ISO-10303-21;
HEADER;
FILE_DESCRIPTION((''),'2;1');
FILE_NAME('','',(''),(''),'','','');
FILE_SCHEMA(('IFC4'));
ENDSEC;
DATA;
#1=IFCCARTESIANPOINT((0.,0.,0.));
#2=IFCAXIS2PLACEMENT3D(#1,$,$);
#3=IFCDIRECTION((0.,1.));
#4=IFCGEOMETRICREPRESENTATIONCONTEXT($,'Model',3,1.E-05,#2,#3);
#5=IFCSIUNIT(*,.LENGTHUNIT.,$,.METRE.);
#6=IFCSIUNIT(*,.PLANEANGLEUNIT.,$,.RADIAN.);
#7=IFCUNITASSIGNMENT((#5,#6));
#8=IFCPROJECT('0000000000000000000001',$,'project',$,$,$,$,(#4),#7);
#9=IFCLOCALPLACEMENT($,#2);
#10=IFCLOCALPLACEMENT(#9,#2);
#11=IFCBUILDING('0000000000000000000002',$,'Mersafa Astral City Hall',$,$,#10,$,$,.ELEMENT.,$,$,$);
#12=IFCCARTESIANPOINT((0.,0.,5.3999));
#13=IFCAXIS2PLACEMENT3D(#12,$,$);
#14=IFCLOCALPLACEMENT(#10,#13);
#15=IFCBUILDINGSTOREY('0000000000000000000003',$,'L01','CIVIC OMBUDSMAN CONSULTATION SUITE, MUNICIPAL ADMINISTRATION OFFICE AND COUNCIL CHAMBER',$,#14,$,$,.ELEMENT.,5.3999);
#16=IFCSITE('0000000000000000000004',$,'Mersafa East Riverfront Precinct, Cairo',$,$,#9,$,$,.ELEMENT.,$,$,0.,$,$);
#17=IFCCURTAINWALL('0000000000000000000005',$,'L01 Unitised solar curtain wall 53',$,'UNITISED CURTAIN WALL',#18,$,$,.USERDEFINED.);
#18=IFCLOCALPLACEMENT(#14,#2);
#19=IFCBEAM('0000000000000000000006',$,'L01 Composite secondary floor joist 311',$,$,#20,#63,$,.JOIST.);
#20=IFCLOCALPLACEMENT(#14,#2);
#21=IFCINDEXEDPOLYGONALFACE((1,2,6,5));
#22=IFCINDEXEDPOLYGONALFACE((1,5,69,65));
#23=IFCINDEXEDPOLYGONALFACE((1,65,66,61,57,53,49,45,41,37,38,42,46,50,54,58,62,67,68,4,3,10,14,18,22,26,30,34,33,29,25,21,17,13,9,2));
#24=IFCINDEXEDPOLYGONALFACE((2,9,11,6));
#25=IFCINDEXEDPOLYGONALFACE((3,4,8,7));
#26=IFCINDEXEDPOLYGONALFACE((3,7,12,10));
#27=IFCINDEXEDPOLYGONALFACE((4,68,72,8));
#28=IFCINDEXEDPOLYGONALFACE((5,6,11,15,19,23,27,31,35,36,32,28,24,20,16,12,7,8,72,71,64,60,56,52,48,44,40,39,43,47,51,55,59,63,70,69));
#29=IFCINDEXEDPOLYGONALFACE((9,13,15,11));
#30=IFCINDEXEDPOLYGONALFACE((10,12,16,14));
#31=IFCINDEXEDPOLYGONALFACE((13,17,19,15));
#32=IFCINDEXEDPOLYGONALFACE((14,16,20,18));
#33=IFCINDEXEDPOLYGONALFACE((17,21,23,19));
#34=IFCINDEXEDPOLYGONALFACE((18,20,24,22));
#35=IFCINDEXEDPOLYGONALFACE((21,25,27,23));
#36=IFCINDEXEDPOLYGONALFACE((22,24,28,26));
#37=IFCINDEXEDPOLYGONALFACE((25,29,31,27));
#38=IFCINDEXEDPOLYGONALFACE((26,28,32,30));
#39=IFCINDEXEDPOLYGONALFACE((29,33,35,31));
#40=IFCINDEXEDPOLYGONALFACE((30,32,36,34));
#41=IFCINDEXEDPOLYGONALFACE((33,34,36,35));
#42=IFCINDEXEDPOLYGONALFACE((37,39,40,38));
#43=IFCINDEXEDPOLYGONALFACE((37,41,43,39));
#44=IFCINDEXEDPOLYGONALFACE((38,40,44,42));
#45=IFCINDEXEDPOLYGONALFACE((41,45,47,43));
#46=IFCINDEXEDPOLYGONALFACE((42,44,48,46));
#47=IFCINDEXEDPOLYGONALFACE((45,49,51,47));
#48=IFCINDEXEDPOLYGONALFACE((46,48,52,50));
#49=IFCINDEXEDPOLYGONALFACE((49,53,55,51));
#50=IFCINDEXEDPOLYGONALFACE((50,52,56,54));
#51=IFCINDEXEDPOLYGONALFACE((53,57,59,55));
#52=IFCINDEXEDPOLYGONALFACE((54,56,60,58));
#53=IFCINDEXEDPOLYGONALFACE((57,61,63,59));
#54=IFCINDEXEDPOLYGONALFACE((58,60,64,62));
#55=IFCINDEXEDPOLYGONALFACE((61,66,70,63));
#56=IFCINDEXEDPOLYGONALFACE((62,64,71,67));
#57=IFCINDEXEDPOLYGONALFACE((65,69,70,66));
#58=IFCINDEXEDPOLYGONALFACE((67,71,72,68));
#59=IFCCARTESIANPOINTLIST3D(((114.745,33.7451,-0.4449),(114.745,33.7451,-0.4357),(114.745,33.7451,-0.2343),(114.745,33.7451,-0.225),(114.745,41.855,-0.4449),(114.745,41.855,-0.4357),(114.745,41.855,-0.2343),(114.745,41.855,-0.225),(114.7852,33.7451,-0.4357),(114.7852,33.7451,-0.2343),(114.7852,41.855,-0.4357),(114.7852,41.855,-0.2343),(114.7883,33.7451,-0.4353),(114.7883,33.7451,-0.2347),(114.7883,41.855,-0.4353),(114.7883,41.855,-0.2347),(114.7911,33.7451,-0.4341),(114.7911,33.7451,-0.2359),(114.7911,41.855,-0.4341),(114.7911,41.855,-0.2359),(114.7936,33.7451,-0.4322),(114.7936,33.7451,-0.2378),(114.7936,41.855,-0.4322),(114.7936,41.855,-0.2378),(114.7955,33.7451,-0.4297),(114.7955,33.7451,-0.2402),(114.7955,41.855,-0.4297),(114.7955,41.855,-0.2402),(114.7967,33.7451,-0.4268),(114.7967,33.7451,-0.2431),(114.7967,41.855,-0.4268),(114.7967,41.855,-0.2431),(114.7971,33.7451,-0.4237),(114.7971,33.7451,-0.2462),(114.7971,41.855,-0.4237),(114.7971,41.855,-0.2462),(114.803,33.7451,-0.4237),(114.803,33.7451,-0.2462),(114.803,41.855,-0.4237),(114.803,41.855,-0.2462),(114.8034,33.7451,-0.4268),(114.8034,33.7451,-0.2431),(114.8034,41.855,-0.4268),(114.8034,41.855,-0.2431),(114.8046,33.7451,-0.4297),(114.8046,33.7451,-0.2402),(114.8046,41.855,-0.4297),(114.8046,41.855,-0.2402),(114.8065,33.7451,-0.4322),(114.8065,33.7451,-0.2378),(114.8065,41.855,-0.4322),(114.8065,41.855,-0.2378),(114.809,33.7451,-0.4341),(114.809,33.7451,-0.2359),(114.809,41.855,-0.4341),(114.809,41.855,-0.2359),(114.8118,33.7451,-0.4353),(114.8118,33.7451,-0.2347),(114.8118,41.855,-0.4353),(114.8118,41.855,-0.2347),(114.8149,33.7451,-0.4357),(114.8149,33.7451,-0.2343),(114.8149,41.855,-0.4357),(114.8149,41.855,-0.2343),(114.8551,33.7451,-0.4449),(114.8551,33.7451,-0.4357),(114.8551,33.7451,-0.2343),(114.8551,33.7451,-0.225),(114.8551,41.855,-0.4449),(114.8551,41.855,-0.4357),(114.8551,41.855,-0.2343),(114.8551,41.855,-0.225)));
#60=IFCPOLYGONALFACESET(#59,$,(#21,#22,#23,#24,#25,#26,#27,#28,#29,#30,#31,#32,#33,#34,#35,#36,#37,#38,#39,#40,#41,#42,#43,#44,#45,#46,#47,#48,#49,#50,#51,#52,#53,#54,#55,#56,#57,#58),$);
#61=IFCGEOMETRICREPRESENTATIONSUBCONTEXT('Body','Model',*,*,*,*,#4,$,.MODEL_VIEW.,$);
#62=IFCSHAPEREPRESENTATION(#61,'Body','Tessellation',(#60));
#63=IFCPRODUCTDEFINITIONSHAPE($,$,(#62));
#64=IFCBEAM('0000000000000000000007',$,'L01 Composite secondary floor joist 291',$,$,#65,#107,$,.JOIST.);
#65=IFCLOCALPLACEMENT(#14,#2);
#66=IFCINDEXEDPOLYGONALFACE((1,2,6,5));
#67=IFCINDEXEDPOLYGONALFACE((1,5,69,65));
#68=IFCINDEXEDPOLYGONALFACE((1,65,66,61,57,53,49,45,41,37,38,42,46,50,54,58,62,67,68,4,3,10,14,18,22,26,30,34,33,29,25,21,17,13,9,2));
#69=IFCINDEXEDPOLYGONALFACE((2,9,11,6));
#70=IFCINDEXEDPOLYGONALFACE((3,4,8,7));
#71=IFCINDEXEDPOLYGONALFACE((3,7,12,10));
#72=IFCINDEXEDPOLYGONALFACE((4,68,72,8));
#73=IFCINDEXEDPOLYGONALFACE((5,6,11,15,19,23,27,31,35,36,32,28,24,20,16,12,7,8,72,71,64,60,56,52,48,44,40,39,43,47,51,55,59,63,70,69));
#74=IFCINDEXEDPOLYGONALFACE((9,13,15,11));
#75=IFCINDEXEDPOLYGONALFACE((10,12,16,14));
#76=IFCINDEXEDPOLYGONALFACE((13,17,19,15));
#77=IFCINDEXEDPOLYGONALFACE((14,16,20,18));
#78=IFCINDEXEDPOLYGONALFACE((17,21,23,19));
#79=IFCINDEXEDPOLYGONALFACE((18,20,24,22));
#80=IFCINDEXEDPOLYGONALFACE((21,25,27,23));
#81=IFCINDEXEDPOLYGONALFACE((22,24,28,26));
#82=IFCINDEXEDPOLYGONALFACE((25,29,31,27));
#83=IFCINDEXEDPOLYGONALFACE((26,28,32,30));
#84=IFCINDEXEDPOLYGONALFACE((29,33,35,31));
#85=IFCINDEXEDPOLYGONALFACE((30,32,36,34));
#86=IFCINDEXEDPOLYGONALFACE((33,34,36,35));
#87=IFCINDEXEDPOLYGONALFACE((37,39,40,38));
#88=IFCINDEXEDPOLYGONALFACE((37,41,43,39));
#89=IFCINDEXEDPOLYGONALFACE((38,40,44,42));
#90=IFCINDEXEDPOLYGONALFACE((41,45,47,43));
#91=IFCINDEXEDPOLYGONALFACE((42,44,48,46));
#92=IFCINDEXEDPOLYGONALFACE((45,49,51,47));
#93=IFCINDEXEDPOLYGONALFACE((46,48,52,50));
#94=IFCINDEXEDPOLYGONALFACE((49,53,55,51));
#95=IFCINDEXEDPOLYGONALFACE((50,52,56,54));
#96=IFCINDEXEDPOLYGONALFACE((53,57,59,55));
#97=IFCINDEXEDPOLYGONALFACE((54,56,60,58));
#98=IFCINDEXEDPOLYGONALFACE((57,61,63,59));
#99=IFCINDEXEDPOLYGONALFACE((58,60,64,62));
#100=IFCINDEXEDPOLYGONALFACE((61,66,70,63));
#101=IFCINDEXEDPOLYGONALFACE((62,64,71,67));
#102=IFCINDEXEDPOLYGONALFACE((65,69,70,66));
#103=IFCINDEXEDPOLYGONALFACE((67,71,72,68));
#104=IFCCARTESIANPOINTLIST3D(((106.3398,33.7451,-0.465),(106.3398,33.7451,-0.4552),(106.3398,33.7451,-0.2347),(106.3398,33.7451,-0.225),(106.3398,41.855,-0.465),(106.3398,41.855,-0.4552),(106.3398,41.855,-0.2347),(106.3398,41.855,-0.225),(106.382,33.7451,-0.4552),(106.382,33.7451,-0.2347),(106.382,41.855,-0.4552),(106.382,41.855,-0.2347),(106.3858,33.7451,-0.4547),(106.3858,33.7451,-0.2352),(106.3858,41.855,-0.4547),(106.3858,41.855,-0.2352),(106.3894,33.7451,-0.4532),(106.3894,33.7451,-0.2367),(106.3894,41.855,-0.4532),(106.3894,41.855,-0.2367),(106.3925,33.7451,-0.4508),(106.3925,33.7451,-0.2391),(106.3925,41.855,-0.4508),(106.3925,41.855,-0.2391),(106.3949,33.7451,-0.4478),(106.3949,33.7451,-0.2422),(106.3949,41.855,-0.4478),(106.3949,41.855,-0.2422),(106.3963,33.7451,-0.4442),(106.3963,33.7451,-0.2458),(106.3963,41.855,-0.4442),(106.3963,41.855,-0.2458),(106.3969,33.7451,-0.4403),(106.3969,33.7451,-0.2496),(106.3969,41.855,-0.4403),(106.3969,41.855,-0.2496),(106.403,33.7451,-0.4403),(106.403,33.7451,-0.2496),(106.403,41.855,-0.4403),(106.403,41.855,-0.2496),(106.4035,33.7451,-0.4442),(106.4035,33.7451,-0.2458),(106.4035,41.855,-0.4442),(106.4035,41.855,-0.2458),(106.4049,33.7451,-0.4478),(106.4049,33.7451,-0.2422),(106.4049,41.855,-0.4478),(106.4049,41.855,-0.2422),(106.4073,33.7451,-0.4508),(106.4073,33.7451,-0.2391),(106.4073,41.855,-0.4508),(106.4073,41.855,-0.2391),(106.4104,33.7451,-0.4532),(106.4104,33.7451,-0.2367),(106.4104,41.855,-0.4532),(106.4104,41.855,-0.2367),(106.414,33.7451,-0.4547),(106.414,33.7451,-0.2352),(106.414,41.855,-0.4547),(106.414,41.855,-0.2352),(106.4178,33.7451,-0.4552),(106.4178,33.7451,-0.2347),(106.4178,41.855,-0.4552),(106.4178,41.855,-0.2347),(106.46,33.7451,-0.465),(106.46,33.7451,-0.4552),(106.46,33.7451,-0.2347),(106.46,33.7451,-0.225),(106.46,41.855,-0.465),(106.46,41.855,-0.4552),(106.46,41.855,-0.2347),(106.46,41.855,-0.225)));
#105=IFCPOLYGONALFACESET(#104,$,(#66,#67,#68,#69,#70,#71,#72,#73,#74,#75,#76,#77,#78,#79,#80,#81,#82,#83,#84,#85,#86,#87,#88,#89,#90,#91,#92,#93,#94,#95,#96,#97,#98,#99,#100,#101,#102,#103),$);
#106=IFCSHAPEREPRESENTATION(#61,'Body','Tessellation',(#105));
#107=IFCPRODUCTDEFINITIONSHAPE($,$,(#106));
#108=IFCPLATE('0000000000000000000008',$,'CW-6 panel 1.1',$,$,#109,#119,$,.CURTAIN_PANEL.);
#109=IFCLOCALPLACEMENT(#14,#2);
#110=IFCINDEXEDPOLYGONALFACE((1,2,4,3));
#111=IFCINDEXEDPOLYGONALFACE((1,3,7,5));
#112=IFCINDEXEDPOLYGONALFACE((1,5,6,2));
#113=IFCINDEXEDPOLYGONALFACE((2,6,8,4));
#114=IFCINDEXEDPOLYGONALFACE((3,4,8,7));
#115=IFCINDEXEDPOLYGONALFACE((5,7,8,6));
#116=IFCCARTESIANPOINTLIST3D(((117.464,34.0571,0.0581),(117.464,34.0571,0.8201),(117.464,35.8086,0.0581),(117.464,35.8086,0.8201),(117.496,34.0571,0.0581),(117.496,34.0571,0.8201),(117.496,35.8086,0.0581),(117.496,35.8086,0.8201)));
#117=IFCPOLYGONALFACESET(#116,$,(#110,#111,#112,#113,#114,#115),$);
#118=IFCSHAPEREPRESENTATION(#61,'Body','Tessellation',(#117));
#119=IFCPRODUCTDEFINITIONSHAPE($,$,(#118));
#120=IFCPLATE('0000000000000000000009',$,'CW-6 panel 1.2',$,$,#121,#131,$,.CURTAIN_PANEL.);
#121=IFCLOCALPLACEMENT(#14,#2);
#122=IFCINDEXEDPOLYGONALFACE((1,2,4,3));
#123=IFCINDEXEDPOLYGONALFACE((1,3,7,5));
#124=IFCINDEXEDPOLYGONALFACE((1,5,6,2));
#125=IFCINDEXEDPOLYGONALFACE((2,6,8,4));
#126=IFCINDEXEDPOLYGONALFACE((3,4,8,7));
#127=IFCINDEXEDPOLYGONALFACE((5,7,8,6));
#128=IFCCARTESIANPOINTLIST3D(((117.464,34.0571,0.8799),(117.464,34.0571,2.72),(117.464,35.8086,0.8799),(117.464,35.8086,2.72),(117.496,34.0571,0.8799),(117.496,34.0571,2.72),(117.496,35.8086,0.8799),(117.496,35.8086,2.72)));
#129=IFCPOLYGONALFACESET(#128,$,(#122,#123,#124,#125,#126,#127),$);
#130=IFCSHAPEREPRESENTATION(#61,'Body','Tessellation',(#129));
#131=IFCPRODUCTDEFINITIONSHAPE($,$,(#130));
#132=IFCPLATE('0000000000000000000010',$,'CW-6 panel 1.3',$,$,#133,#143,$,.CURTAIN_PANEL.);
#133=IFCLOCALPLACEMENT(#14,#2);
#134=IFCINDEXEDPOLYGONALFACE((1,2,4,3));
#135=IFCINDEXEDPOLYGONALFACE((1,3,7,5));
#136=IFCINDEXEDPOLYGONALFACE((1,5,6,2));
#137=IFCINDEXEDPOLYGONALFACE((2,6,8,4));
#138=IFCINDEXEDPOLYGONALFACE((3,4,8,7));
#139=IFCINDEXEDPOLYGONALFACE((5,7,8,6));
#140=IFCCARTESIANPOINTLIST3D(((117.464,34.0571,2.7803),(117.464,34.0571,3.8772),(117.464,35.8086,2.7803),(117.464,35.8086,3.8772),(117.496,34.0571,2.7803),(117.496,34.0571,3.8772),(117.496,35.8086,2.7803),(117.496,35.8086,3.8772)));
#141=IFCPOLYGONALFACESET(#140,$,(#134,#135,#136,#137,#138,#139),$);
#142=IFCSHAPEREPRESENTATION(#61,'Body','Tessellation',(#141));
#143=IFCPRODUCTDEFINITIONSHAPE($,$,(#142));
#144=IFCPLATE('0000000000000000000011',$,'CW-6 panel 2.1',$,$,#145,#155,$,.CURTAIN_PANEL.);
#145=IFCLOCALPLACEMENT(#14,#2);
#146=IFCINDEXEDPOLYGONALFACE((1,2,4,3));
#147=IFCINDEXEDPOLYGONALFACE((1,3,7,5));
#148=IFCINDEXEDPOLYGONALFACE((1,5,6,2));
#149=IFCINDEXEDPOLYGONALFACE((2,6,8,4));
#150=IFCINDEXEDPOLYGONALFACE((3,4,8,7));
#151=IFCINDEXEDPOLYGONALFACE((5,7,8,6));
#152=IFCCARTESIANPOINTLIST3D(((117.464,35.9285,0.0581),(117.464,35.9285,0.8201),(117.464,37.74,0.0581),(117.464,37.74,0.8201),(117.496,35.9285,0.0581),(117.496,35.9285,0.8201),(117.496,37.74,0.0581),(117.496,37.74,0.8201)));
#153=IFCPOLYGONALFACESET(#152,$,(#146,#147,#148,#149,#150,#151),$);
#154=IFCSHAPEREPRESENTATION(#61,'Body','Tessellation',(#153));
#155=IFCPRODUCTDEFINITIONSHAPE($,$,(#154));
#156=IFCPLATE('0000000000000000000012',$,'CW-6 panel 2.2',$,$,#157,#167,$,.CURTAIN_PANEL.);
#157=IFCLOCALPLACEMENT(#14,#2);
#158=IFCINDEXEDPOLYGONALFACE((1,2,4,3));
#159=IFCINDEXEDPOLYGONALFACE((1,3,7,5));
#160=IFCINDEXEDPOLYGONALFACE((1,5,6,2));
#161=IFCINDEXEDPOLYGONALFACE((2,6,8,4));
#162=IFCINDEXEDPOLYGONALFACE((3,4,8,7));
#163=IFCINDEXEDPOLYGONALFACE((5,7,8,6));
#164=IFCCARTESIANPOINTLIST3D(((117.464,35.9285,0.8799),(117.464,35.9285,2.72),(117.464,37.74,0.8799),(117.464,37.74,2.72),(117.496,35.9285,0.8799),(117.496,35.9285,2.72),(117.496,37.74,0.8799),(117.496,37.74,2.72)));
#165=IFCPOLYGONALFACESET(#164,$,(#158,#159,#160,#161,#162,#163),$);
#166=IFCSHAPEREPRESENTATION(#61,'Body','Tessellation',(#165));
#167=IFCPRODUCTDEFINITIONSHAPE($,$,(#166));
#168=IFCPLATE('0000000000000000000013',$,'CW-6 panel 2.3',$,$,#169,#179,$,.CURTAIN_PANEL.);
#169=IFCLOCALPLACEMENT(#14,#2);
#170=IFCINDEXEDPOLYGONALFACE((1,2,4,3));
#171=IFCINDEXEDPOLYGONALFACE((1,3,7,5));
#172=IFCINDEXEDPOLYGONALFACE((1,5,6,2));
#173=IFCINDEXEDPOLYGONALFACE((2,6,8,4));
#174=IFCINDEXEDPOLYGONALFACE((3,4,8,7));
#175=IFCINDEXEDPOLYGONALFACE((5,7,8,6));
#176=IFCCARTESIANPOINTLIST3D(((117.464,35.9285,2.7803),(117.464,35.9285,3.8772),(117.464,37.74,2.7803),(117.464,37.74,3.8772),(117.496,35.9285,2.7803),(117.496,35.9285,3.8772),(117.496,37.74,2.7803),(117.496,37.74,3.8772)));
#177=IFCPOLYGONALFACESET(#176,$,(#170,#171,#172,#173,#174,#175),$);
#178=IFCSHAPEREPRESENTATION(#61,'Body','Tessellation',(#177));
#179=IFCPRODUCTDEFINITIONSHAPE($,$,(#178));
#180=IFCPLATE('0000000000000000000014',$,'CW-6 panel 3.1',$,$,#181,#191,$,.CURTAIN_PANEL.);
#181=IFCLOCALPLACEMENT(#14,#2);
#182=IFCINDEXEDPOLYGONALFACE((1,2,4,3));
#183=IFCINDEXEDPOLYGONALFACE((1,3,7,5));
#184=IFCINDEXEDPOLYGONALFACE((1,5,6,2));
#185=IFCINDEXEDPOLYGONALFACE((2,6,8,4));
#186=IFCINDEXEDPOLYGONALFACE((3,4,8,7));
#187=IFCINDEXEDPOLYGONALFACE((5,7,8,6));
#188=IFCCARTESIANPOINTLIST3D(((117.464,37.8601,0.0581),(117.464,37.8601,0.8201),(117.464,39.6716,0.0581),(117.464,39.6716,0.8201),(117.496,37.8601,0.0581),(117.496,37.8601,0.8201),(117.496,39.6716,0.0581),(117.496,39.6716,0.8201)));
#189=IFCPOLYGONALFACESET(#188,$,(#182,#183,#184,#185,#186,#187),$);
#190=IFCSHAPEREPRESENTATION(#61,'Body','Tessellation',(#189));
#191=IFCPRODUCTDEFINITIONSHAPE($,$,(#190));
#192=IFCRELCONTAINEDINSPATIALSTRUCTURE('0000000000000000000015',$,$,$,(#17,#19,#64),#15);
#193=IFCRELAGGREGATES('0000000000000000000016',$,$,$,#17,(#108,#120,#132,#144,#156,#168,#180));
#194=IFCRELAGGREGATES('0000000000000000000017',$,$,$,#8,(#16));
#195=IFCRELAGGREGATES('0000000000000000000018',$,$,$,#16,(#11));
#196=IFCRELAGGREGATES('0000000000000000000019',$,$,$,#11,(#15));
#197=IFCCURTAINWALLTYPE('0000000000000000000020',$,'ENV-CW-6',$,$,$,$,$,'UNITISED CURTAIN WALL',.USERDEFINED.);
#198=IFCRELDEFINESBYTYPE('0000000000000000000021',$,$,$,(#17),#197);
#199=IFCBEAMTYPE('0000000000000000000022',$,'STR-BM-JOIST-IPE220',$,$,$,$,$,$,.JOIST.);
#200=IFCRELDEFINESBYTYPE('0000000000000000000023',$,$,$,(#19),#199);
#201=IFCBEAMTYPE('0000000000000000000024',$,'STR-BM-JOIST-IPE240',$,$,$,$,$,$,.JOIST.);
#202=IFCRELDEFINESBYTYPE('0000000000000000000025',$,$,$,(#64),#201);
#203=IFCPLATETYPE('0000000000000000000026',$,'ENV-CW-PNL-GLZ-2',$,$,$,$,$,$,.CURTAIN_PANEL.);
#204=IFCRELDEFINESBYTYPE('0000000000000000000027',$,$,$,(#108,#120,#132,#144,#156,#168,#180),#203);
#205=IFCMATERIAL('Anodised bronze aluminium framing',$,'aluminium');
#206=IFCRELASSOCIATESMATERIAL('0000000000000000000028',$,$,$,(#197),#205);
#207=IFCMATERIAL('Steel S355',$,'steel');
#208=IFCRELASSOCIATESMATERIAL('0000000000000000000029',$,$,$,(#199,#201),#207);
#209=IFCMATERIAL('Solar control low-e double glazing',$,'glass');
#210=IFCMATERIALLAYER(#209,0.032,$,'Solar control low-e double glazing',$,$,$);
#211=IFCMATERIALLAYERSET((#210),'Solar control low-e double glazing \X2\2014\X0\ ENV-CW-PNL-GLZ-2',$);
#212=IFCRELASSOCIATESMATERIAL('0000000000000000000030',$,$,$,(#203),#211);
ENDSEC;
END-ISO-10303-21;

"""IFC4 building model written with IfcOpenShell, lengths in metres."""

from ifc_helpers import new_model, si_unit, direction, frame, origin, origin_2d, place, context, subcontext, project, spatial, rectangle, i_section, extrude, material, layer, layer_set, material_profile, profile_set, type_object, element, aggregate, save


model = new_model("IFC4")

# Units and contexts
model_context = context("Model", 3, precision=1e-05, world=origin(), true_north=direction((0.0, 1.0)))
body_context = subcontext(model_context, "Body", "Model", "MODEL_VIEW")
ifc_project = project(units=[si_unit("LENGTHUNIT", "METRE"), si_unit("PLANEANGLEUNIT", "RADIAN")], contexts=[model_context])

# Site, building, storey
site_placement = place(None, origin())
site = spatial("IfcSite", under=ifc_project, at=site_placement, Name="Mersafa East Riverfront Precinct, Cairo", CompositionType="ELEMENT", RefElevation=0.0)
building_placement = place(site_placement, origin())
building = spatial("IfcBuilding", under=site, at=building_placement, Name="Mersafa Astral City Hall", CompositionType="ELEMENT")
storey_placement = place(building_placement, frame((0.0, 0.0, 5.3999)))
storey = spatial("IfcBuildingStorey", under=building, at=storey_placement, Name="L01", Description="CIVIC OMBUDSMAN CONSULTATION SUITE, MUNICIPAL ADMINISTRATION OFFICE AND COUNCIL CHAMBER", CompositionType="ELEMENT", Elevation=5.3999)

# Shared definitions
ifc_material_1 = material(Name="Steel S355", Category="steel")

# Curtain wall
ifc_material_2 = material(Name="Anodised bronze aluminium framing", Category="aluminium")
curtain_wall_type = type_object("IfcCurtainWallType", Name="ENV-CW-6", ElementType="UNITISED CURTAIN WALL", PredefinedType="USERDEFINED", material=ifc_material_2)
curtain_wall_placement = place(storey_placement, origin())
curtain_wall = element("IfcCurtainWall", 1, at=curtain_wall_placement, inside=storey, type_object=curtain_wall_type, Name="L01 Unitised solar curtain wall 53", ObjectType="UNITISED CURTAIN WALL", PredefinedType="USERDEFINED")

# Beams
ifc_material_profile_1 = material_profile(ifc_material_1, i_section(OverallWidth=0.1101, OverallDepth=0.22, WebThickness=0.0059, FlangeThickness=0.0093, FilletRadius=0.012, at=origin_2d()), Name="IPE 220")
ifc_profile_set_1 = profile_set([ifc_material_profile_1], Name="Steel S355")
beam_type_1 = type_object("IfcBeamType", Name="STR-BM-JOIST-IPE220", PredefinedType="JOIST", material=ifc_profile_set_1)
for number, where, z_axis, x_axis, name in (
    (2, (114.8, 33.7451, -0.335), (0.0, 1.0, 0.0), (-1.0, 0.0, 0.0), "L01 Composite secondary floor joist 311"),
):
    element("IfcBeam", number, at=place(storey_placement, frame(where, z_axis=z_axis, x_axis=x_axis)), inside=storey, type_object=beam_type_1, Name=name, PredefinedType="JOIST", context=body_context, shape_type="SweptSolid", body=[
        extrude(i_section(OverallWidth=0.1101, OverallDepth=0.22, WebThickness=0.0059, FlangeThickness=0.0093, FilletRadius=0.012, at=origin_2d()), origin(), (0.0, 0.0, 1.0), 8.1099),
    ])
ifc_material_profile_2 = material_profile(ifc_material_1, i_section(OverallWidth=0.1201, OverallDepth=0.24, WebThickness=0.0061, FlangeThickness=0.0098, FilletRadius=0.0149, at=origin_2d()), Name="IPE 240")
ifc_profile_set_2 = profile_set([ifc_material_profile_2], Name="Steel S355")
beam_type_2 = type_object("IfcBeamType", Name="STR-BM-JOIST-IPE240", PredefinedType="JOIST", material=ifc_profile_set_2)
beam_placement = place(storey_placement, frame((106.3999, 33.7451, -0.345), z_axis=(0.0, 1.0, 0.0), x_axis=(-1.0, 0.0, 0.0)))
element("IfcBeam", 3, at=beam_placement, inside=storey, type_object=beam_type_2, Name="L01 Composite secondary floor joist 291", PredefinedType="JOIST", context=body_context, shape_type="SweptSolid", body=[
    extrude(i_section(OverallWidth=0.1201, OverallDepth=0.24, WebThickness=0.0061, FlangeThickness=0.0098, FilletRadius=0.0149, at=origin_2d()), origin(), (0.0, 0.0, 1.0), 8.1099),
])

# Plates
ifc_material_3 = material(Name="Solar control low-e double glazing", Category="glass")
ifc_layer = layer(ifc_material_3, 0.032, Name="Solar control low-e double glazing")
ifc_layer_set = layer_set([ifc_layer], Name="Solar control low-e double glazing — ENV-CW-PNL-GLZ-2")
plate_type = type_object("IfcPlateType", Name="ENV-CW-PNL-GLZ-2", PredefinedType="CURTAIN_PANEL", material=ifc_layer_set)
plate_1_placement = place(storey_placement, frame((117.48, 34.9329, 0.0581), z_axis=(0.0, 0.0, 1.0), x_axis=(0.0, 1.0, 0.0)))
plate_1 = element("IfcPlate", 4, at=plate_1_placement, type_object=plate_type, Name="CW-6 panel 1.1", PredefinedType="CURTAIN_PANEL", context=body_context, shape_type="SweptSolid", body=[
    extrude(rectangle(XDim=1.7515, YDim=0.032, at=origin_2d()), origin(), (0.0, 0.0, 1.0), 0.762),
])
plate_2_placement = place(storey_placement, frame((117.48, 34.9329, 0.8799), z_axis=(0.0, 0.0, 1.0), x_axis=(0.0, 1.0, 0.0)))
plate_2 = element("IfcPlate", 5, at=plate_2_placement, type_object=plate_type, Name="CW-6 panel 1.2", PredefinedType="CURTAIN_PANEL", context=body_context, shape_type="SweptSolid", body=[
    extrude(rectangle(XDim=1.7515, YDim=0.032, at=origin_2d()), origin(), (0.0, 0.0, 1.0), 1.8401),
])
plate_3_placement = place(storey_placement, frame((117.48, 34.9329, 2.7803), z_axis=(0.0, 0.0, 1.0), x_axis=(0.0, 1.0, 0.0)))
plate_3 = element("IfcPlate", 6, at=plate_3_placement, type_object=plate_type, Name="CW-6 panel 1.3", PredefinedType="CURTAIN_PANEL", context=body_context, shape_type="SweptSolid", body=[
    extrude(rectangle(XDim=1.7515, YDim=0.032, at=origin_2d()), origin(), (0.0, 0.0, 1.0), 1.0969),
])
plate_4_placement = place(storey_placement, frame((117.48, 36.8342, 0.0581), z_axis=(0.0, 0.0, 1.0), x_axis=(0.0, 1.0, 0.0)))
plate_4 = element("IfcPlate", 7, at=plate_4_placement, type_object=plate_type, Name="CW-6 panel 2.1", PredefinedType="CURTAIN_PANEL", context=body_context, shape_type="SweptSolid", body=[
    extrude(rectangle(XDim=1.8115, YDim=0.032, at=origin_2d()), origin(), (0.0, 0.0, 1.0), 0.762),
])
plate_5_placement = place(storey_placement, frame((117.48, 36.8342, 0.8799), z_axis=(0.0, 0.0, 1.0), x_axis=(0.0, 1.0, 0.0)))
plate_5 = element("IfcPlate", 8, at=plate_5_placement, type_object=plate_type, Name="CW-6 panel 2.2", PredefinedType="CURTAIN_PANEL", context=body_context, shape_type="SweptSolid", body=[
    extrude(rectangle(XDim=1.8115, YDim=0.032, at=origin_2d()), origin(), (0.0, 0.0, 1.0), 1.8401),
])
plate_6_placement = place(storey_placement, frame((117.48, 36.8342, 2.7803), z_axis=(0.0, 0.0, 1.0), x_axis=(0.0, 1.0, 0.0)))
plate_6 = element("IfcPlate", 9, at=plate_6_placement, type_object=plate_type, Name="CW-6 panel 2.3", PredefinedType="CURTAIN_PANEL", context=body_context, shape_type="SweptSolid", body=[
    extrude(rectangle(XDim=1.8115, YDim=0.032, at=origin_2d()), origin(), (0.0, 0.0, 1.0), 1.0969),
])
plate_7_placement = place(storey_placement, frame((117.48, 38.7659, 0.0581), z_axis=(0.0, 0.0, 1.0), x_axis=(0.0, 1.0, 0.0)))
plate_7 = element("IfcPlate", 10, at=plate_7_placement, type_object=plate_type, Name="CW-6 panel 3.1", PredefinedType="CURTAIN_PANEL", context=body_context, shape_type="SweptSolid", body=[
    extrude(rectangle(XDim=1.8115, YDim=0.032, at=origin_2d()), origin(), (0.0, 0.0, 1.0), 0.762),
])
aggregate(curtain_wall, [plate_1, plate_2, plate_3, plate_4, plate_5, plate_6, plate_7])

save(model, "model.ifc")
